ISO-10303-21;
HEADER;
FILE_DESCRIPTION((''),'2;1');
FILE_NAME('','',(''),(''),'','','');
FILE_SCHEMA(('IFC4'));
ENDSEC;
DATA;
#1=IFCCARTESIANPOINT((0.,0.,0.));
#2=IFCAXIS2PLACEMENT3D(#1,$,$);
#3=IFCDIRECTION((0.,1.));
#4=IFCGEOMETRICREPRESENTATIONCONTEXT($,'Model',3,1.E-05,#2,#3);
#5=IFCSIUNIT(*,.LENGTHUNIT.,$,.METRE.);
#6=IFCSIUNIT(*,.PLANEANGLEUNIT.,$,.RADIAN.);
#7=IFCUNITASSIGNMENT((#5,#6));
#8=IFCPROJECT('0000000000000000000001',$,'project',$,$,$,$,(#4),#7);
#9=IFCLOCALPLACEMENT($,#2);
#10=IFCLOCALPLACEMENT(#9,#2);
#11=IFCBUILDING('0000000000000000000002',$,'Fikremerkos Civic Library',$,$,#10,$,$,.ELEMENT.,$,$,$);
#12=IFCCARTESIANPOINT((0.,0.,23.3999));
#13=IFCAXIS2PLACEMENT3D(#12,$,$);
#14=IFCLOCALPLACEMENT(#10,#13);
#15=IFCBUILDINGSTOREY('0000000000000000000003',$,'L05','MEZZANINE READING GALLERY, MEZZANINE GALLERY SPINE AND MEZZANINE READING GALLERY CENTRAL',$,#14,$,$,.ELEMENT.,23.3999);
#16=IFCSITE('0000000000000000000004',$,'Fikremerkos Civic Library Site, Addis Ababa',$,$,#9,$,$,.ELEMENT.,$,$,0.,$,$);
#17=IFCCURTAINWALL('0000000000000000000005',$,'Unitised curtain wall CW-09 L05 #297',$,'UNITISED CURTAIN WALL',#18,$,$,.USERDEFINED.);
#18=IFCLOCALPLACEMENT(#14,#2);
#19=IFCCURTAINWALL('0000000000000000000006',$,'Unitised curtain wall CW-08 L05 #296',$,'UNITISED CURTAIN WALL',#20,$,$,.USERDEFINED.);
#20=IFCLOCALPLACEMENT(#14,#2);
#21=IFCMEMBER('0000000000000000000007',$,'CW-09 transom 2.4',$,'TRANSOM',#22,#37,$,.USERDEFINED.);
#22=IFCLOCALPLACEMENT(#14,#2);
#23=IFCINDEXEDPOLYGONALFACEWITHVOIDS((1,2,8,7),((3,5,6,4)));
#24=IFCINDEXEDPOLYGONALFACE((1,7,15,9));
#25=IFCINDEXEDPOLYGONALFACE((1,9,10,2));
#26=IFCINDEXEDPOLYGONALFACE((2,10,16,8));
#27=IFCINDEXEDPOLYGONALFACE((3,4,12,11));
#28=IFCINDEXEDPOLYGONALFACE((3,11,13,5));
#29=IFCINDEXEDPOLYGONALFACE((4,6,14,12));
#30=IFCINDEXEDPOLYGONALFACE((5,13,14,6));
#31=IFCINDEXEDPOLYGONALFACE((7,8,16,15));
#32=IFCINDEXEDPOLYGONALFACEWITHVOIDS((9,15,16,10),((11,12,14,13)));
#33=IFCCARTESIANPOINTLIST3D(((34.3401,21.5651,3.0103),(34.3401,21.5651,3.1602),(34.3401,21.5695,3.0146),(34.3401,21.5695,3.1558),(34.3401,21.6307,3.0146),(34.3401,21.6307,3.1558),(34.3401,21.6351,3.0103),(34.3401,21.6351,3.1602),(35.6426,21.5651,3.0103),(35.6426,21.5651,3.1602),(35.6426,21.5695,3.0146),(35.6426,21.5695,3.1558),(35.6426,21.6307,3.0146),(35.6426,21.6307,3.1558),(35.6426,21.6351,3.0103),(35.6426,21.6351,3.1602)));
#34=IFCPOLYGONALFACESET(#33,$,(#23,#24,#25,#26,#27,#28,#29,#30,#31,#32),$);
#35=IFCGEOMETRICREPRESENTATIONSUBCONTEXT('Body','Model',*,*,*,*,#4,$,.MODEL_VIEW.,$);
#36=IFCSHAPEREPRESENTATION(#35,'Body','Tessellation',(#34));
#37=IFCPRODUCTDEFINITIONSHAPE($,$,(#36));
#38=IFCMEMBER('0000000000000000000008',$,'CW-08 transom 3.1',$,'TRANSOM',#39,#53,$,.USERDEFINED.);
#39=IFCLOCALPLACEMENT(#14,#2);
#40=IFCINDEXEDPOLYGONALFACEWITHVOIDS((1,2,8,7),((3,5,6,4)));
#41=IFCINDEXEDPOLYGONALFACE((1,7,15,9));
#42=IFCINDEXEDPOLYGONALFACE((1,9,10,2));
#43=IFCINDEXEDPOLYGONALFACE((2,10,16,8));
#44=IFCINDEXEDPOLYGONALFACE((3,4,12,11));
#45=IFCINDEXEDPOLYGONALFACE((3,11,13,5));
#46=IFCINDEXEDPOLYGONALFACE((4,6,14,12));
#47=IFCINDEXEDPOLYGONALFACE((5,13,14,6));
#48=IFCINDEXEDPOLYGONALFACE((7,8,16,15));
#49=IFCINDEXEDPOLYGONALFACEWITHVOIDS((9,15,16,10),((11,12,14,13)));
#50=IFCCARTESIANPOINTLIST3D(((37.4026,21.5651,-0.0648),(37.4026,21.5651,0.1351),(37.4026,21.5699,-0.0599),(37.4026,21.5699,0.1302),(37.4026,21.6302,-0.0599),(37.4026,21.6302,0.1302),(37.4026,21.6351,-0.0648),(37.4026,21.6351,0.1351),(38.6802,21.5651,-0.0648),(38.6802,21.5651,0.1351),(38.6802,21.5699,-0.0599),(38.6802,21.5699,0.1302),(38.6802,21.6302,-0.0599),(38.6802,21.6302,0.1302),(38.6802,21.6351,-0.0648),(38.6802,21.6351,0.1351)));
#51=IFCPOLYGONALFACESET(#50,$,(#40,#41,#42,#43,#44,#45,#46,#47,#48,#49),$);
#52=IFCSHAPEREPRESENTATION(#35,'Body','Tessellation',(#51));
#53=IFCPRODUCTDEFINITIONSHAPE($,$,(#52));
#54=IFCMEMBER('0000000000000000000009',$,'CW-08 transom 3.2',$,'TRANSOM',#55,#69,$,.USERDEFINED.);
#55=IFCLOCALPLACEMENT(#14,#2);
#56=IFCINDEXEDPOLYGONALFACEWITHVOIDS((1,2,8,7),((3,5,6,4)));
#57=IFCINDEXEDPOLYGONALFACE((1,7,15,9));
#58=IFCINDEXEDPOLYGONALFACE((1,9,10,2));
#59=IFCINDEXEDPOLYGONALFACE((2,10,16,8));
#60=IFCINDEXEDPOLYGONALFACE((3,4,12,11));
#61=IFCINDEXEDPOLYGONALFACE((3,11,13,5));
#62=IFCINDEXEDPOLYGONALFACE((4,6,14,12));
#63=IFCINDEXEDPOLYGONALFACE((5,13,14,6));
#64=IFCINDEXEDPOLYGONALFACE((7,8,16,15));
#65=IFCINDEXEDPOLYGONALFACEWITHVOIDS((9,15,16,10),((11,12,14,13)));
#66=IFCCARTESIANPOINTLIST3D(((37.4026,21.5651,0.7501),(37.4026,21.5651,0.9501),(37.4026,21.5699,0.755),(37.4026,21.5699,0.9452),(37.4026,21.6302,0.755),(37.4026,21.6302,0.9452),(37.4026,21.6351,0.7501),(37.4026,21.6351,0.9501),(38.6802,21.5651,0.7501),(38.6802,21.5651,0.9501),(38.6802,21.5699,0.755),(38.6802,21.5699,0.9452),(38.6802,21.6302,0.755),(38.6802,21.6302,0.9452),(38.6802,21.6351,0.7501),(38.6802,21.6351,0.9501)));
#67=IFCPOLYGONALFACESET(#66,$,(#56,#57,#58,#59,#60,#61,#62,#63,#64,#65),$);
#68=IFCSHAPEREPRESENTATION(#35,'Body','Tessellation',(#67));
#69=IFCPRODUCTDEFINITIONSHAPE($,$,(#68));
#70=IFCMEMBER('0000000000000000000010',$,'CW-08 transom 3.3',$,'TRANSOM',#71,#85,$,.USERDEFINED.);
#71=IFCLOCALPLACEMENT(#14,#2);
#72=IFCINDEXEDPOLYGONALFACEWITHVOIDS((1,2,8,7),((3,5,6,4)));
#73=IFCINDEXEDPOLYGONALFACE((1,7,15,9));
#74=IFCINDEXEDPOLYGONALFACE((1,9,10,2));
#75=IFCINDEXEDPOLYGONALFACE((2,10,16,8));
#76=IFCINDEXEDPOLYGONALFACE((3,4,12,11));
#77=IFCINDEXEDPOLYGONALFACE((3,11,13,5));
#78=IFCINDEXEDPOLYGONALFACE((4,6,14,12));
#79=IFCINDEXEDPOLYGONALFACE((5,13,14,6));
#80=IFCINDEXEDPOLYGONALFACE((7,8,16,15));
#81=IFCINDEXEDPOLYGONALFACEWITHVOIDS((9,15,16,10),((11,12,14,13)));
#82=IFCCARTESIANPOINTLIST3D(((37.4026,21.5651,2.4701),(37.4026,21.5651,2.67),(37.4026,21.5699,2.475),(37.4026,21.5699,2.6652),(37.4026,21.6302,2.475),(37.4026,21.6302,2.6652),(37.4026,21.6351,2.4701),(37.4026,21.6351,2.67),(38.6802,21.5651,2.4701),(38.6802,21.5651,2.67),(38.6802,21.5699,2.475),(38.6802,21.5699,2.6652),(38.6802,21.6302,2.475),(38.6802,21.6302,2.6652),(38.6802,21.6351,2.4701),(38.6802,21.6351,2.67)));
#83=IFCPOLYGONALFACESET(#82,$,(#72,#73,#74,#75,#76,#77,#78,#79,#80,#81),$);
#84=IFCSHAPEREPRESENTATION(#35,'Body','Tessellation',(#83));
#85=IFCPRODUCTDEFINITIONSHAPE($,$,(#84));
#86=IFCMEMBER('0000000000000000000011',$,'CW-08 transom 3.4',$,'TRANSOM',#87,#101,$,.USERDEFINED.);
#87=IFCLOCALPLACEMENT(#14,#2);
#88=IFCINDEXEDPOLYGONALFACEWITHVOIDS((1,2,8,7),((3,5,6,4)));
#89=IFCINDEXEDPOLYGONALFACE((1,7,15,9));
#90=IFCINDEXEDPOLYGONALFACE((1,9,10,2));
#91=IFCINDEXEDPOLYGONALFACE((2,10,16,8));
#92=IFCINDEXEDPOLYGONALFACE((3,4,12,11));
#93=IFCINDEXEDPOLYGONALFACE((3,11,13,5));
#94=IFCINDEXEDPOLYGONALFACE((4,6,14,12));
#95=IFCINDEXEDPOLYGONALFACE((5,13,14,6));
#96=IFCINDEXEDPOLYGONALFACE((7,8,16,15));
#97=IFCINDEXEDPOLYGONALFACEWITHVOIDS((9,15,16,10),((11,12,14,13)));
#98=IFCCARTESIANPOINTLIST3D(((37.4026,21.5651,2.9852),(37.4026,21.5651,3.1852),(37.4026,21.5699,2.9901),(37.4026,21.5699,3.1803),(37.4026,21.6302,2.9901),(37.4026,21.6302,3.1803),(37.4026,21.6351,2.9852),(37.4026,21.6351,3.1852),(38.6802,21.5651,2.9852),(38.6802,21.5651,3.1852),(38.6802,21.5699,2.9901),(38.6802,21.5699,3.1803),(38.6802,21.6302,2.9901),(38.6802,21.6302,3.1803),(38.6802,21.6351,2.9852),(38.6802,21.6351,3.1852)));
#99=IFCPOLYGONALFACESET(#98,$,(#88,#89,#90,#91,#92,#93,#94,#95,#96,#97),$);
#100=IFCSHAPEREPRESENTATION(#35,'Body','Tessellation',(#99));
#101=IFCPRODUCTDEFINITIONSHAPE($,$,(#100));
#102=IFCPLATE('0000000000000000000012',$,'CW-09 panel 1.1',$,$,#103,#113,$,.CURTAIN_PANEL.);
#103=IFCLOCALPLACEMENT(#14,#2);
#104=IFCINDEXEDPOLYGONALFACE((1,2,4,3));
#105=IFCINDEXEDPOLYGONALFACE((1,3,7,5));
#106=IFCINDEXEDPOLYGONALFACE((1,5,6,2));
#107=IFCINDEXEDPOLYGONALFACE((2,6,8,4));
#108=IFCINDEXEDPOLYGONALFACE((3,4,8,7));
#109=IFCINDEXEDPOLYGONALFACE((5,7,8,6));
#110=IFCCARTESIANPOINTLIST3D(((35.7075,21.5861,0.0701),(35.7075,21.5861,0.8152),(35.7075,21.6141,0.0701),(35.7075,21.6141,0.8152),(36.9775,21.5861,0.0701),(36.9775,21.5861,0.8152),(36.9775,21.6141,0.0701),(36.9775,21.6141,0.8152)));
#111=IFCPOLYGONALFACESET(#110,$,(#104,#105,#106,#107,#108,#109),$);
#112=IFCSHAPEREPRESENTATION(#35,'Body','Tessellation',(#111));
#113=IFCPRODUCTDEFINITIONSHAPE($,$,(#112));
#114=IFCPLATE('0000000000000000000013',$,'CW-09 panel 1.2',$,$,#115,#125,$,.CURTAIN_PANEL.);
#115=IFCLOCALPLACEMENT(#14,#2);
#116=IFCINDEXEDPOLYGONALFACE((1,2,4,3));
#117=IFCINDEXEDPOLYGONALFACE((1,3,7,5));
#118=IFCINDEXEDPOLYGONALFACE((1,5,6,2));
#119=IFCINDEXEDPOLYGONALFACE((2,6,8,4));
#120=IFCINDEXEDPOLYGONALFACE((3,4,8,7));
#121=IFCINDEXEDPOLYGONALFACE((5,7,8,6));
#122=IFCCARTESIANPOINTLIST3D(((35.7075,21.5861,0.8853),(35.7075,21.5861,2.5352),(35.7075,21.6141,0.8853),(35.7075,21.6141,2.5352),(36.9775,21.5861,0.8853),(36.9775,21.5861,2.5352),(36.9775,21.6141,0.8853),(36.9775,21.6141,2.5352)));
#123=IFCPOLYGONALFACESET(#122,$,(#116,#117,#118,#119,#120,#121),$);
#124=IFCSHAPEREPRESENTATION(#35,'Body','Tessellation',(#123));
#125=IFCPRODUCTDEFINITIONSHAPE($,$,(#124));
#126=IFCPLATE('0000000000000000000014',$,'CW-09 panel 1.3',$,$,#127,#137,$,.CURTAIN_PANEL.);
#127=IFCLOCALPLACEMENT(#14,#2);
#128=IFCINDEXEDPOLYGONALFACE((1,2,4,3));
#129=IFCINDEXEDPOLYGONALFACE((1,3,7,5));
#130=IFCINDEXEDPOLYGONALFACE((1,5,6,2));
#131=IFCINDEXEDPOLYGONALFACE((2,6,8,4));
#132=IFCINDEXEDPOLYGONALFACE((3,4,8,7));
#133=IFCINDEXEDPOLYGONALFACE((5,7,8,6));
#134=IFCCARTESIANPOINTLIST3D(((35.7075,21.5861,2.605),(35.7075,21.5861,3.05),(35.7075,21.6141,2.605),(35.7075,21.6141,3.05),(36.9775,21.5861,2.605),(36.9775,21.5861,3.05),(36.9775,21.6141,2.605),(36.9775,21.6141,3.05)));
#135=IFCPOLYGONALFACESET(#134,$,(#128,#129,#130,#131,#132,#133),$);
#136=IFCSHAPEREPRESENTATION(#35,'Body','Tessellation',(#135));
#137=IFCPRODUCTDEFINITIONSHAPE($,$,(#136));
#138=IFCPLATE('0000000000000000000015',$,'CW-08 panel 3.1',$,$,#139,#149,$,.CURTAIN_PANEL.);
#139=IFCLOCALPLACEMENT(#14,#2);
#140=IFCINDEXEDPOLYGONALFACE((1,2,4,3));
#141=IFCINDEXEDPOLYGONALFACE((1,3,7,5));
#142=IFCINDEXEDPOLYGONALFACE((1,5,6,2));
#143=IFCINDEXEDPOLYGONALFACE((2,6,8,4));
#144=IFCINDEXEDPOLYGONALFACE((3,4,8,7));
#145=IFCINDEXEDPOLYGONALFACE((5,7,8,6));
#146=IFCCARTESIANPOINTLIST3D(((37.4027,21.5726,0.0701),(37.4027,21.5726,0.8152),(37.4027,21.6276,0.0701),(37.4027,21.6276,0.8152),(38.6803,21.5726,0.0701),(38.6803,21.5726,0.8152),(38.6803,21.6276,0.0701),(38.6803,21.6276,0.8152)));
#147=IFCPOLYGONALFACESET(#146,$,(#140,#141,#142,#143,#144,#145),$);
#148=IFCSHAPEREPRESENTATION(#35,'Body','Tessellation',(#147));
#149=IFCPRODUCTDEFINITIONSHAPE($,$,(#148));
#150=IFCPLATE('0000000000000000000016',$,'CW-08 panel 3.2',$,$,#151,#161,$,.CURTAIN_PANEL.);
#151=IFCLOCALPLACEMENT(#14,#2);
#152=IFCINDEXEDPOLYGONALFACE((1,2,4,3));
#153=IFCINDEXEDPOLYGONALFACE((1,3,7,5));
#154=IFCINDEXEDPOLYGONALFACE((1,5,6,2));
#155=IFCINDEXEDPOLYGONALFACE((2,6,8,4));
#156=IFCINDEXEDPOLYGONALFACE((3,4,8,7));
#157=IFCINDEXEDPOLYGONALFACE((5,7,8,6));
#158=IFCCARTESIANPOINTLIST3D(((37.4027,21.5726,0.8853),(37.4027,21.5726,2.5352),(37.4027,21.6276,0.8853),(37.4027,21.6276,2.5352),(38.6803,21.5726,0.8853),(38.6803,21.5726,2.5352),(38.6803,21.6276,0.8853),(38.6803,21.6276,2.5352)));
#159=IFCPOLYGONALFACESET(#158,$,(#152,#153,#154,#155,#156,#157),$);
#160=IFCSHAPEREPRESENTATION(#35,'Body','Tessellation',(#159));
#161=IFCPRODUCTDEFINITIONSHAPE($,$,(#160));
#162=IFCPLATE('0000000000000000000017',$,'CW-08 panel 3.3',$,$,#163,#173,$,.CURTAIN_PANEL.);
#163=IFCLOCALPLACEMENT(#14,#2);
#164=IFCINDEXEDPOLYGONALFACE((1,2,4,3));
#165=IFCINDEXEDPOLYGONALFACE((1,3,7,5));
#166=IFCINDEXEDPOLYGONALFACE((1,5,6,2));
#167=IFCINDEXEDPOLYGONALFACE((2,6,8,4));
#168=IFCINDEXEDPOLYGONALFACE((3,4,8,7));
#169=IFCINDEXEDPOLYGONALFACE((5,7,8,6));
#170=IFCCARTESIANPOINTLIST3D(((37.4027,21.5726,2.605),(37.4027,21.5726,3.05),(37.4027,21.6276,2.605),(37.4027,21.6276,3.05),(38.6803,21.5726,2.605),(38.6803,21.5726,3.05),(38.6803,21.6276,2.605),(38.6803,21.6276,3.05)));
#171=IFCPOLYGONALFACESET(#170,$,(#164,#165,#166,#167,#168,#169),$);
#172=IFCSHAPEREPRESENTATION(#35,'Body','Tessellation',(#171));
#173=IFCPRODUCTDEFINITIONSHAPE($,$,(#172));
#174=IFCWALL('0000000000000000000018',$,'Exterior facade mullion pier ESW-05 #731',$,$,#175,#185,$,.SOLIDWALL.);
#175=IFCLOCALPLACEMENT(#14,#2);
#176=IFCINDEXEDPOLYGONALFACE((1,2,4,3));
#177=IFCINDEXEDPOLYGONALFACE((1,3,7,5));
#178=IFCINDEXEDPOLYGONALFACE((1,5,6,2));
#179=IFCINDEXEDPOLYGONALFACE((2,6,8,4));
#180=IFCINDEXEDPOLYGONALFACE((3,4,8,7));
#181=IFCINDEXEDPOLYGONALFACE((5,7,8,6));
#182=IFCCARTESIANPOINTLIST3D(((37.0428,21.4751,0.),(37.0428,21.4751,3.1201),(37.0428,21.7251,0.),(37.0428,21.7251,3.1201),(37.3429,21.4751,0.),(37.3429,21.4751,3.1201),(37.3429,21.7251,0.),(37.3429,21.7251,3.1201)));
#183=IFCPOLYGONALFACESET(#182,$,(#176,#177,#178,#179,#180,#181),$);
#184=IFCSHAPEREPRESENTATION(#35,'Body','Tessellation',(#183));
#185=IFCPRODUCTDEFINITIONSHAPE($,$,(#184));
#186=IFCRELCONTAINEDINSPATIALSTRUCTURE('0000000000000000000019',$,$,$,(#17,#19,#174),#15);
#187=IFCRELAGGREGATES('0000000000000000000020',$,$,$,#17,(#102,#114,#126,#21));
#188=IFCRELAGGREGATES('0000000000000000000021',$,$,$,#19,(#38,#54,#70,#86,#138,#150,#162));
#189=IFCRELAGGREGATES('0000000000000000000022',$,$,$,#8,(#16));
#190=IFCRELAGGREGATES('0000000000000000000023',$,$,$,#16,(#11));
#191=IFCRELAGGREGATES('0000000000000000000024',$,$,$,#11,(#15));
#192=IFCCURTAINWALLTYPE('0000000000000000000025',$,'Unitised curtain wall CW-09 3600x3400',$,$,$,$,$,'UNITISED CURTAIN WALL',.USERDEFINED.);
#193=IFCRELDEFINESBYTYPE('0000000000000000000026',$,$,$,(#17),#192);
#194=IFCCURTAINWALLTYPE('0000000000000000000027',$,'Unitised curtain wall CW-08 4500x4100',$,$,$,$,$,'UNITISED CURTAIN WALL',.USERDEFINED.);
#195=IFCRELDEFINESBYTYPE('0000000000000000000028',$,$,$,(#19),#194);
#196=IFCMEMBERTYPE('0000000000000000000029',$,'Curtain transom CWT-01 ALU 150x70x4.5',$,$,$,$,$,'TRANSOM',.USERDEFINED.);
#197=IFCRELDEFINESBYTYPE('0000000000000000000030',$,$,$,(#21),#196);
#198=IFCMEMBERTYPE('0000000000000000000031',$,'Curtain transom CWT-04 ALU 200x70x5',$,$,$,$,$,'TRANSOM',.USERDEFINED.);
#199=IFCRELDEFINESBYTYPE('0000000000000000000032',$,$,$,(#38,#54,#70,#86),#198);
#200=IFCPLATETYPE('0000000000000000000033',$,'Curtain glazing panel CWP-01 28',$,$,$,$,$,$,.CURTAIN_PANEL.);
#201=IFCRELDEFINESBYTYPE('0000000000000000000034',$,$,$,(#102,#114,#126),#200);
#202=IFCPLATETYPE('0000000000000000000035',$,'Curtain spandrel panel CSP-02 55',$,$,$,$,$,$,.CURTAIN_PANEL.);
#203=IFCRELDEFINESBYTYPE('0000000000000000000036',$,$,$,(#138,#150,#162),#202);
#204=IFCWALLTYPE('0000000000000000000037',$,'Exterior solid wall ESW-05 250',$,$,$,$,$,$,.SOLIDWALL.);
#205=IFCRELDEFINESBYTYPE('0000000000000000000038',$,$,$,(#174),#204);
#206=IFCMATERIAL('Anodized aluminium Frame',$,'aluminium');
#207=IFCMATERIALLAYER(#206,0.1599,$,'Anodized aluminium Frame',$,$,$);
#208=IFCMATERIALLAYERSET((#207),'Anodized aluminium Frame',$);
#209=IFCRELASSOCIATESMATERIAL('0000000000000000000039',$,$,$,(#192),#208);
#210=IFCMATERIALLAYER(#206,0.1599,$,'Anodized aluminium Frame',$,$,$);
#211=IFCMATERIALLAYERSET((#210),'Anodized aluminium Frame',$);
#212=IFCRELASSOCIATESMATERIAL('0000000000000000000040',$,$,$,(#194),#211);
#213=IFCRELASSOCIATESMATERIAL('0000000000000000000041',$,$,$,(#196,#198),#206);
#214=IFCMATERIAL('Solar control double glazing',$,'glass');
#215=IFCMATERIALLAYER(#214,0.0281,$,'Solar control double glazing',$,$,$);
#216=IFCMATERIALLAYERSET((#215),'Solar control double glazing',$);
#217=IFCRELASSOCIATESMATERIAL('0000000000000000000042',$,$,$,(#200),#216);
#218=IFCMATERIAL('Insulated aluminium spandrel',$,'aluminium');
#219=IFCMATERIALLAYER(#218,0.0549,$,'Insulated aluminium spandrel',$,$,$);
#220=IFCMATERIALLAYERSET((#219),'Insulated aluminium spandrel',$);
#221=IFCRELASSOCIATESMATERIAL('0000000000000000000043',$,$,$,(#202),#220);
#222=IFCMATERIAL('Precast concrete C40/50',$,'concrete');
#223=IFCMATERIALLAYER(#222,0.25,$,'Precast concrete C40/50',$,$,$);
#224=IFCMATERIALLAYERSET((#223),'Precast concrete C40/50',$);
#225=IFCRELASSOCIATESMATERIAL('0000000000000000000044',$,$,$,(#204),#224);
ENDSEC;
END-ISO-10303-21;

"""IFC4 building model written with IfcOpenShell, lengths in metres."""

from ifc_helpers import new_model, si_unit, direction, frame, frame_2d, origin, origin_2d, place, context, subcontext, project, spatial, rectangle, hollow_rectangle, extrude, material, layer, layer_set, material_profile, profile_set, type_object, element, aggregate, save


model = new_model("IFC4")

# Units and contexts
model_context = context("Model", 3, precision=1e-05, world=origin(), true_north=direction((0.0, 1.0)))
body_context = subcontext(model_context, "Body", "Model", "MODEL_VIEW")
ifc_project = project(units=[si_unit("LENGTHUNIT", "METRE"), si_unit("PLANEANGLEUNIT", "RADIAN")], contexts=[model_context])

# Site, building, storey
site_placement = place(None, origin())
site = spatial("IfcSite", under=ifc_project, at=site_placement, Name="Fikremerkos Civic Library Site, Addis Ababa", CompositionType="ELEMENT", RefElevation=0.0)
building_placement = place(site_placement, origin())
building = spatial("IfcBuilding", under=site, at=building_placement, Name="Fikremerkos Civic Library", CompositionType="ELEMENT")
storey_placement = place(building_placement, frame((0.0, 0.0, 23.3999)))
storey = spatial("IfcBuildingStorey", under=building, at=storey_placement, Name="L05", Description="MEZZANINE READING GALLERY, MEZZANINE GALLERY SPINE AND MEZZANINE READING GALLERY CENTRAL", CompositionType="ELEMENT", Elevation=23.3999)

# Curtain walls
ifc_material_1 = material(Name="Anodized aluminium Frame", Category="aluminium")
ifc_layer_1 = layer(ifc_material_1, 0.1599, Name="Anodized aluminium Frame")
ifc_layer_set_1 = layer_set([ifc_layer_1], Name="Anodized aluminium Frame")
curtain_wall_type_1 = type_object("IfcCurtainWallType", Name="Unitised curtain wall CW-09 3600x3400", ElementType="UNITISED CURTAIN WALL", PredefinedType="USERDEFINED", material=ifc_layer_set_1)
curtain_wall_1_placement = place(storey_placement, origin())
curtain_wall_1 = element("IfcCurtainWall", 1, at=curtain_wall_1_placement, inside=storey, type_object=curtain_wall_type_1, Name="Unitised curtain wall CW-09 L05 #297", ObjectType="UNITISED CURTAIN WALL", PredefinedType="USERDEFINED")
ifc_layer_2 = layer(ifc_material_1, 0.1599, Name="Anodized aluminium Frame")
ifc_layer_set_2 = layer_set([ifc_layer_2], Name="Anodized aluminium Frame")
curtain_wall_type_2 = type_object("IfcCurtainWallType", Name="Unitised curtain wall CW-08 4500x4100", ElementType="UNITISED CURTAIN WALL", PredefinedType="USERDEFINED", material=ifc_layer_set_2)
curtain_wall_2_placement = place(storey_placement, origin())
curtain_wall_2 = element("IfcCurtainWall", 2, at=curtain_wall_2_placement, inside=storey, type_object=curtain_wall_type_2, Name="Unitised curtain wall CW-08 L05 #296", ObjectType="UNITISED CURTAIN WALL", PredefinedType="USERDEFINED")

# Members
ifc_material_profile_1 = material_profile(ifc_material_1, hollow_rectangle(XDim=0.0701, YDim=0.1499, WallThickness=0.0044, at=origin_2d()), Name="ALU 150x70x4.5")
ifc_profile_set_1 = profile_set([ifc_material_profile_1], Name="Anodized aluminium Frame")
member_type_1 = type_object("IfcMemberType", Name="Curtain transom CWT-01 ALU 150x70x4.5", ElementType="TRANSOM", PredefinedType="USERDEFINED", material=ifc_profile_set_1)
member_1_placement = place(storey_placement, frame((35.6426, 21.6001, 3.0852), z_axis=(-1.0, 0.0, 0.0), x_axis=(0.0, -1.0, 0.0)))
member_1 = element("IfcMember", 3, at=member_1_placement, type_object=member_type_1, Name="CW-09 transom 2.4", ObjectType="TRANSOM", PredefinedType="USERDEFINED", context=body_context, shape_type="SweptSolid", body=[
    extrude(hollow_rectangle(XDim=0.0701, YDim=0.1499, WallThickness=0.0044, at=origin_2d()), origin(), (0.0, 0.0, 1.0), 1.3025),
])
ifc_material_profile_2 = material_profile(ifc_material_1, hollow_rectangle(XDim=0.0701, YDim=0.2, WallThickness=0.0049, at=origin_2d()), Name="ALU 200x70x5")
ifc_profile_set_2 = profile_set([ifc_material_profile_2], Name="Anodized aluminium Frame")
member_type_2 = type_object("IfcMemberType", Name="Curtain transom CWT-04 ALU 200x70x5", ElementType="TRANSOM", PredefinedType="USERDEFINED", material=ifc_profile_set_2)
member_2_placement = place(storey_placement, frame((38.6802, 21.6001, 0.0352), z_axis=(-1.0, 0.0, 0.0), x_axis=(0.0, -1.0, 0.0)))
member_2 = element("IfcMember", 4, at=member_2_placement, type_object=member_type_2, Name="CW-08 transom 3.1", ObjectType="TRANSOM", PredefinedType="USERDEFINED", context=body_context, shape_type="SweptSolid", body=[
    extrude(hollow_rectangle(XDim=0.0701, YDim=0.2, WallThickness=0.0049, at=origin_2d()), origin(), (0.0, 0.0, 1.0), 1.2776),
])
member_3_placement = place(storey_placement, frame((38.6802, 21.6001, 0.8501), z_axis=(-1.0, 0.0, 0.0), x_axis=(0.0, -1.0, 0.0)))
member_3 = element("IfcMember", 5, at=member_3_placement, type_object=member_type_2, Name="CW-08 transom 3.2", ObjectType="TRANSOM", PredefinedType="USERDEFINED", context=body_context, shape_type="SweptSolid", body=[
    extrude(hollow_rectangle(XDim=0.0701, YDim=0.2, WallThickness=0.0049, at=origin_2d()), origin(), (0.0, 0.0, 1.0), 1.2776),
])
member_4_placement = place(storey_placement, frame((38.6802, 21.6001, 2.5701), z_axis=(-1.0, 0.0, 0.0), x_axis=(0.0, -1.0, 0.0)))
member_4 = element("IfcMember", 6, at=member_4_placement, type_object=member_type_2, Name="CW-08 transom 3.3", ObjectType="TRANSOM", PredefinedType="USERDEFINED", context=body_context, shape_type="SweptSolid", body=[
    extrude(hollow_rectangle(XDim=0.0701, YDim=0.2, WallThickness=0.0049, at=origin_2d()), origin(), (0.0, 0.0, 1.0), 1.2776),
])
member_5_placement = place(storey_placement, frame((38.6802, 21.6001, 3.0852), z_axis=(-1.0, 0.0, 0.0), x_axis=(0.0, -1.0, 0.0)))
member_5 = element("IfcMember", 7, at=member_5_placement, type_object=member_type_2, Name="CW-08 transom 3.4", ObjectType="TRANSOM", PredefinedType="USERDEFINED", context=body_context, shape_type="SweptSolid", body=[
    extrude(hollow_rectangle(XDim=0.0701, YDim=0.2, WallThickness=0.0049, at=origin_2d()), origin(), (0.0, 0.0, 1.0), 1.2776),
])

# Plates
ifc_material_2 = material(Name="Solar control double glazing", Category="glass")
ifc_layer_3 = layer(ifc_material_2, 0.0281, Name="Solar control double glazing")
ifc_layer_set_3 = layer_set([ifc_layer_3], Name="Solar control double glazing")
plate_type_1 = type_object("IfcPlateType", Name="Curtain glazing panel CWP-01 28", PredefinedType="CURTAIN_PANEL", material=ifc_layer_set_3)
plate_1_placement = place(storey_placement, frame((36.3425, 21.6001, 0.0701), z_axis=(0.0, 0.0, 1.0), x_axis=(-1.0, 0.0, 0.0)))
plate_1 = element("IfcPlate", 8, at=plate_1_placement, type_object=plate_type_1, Name="CW-09 panel 1.1", PredefinedType="CURTAIN_PANEL", context=body_context, shape_type="SweptSolid", body=[
    extrude(rectangle(XDim=1.27, YDim=0.0281, at=origin_2d()), origin(), (0.0, 0.0, 1.0), 0.7451),
])
plate_2_placement = place(storey_placement, frame((36.3425, 21.6001, 0.8853), z_axis=(0.0, 0.0, 1.0), x_axis=(-1.0, 0.0, 0.0)))
plate_2 = element("IfcPlate", 9, at=plate_2_placement, type_object=plate_type_1, Name="CW-09 panel 1.2", PredefinedType="CURTAIN_PANEL", context=body_context, shape_type="SweptSolid", body=[
    extrude(rectangle(XDim=1.27, YDim=0.0281, at=origin_2d()), origin(), (0.0, 0.0, 1.0), 1.6499),
])
plate_3_placement = place(storey_placement, frame((36.3425, 21.6001, 2.605), z_axis=(0.0, 0.0, 1.0), x_axis=(-1.0, 0.0, 0.0)))
plate_3 = element("IfcPlate", 10, at=plate_3_placement, type_object=plate_type_1, Name="CW-09 panel 1.3", PredefinedType="CURTAIN_PANEL", context=body_context, shape_type="SweptSolid", body=[
    extrude(rectangle(XDim=1.27, YDim=0.0281, at=origin_2d()), origin(), (0.0, 0.0, 1.0), 0.4451),
])
aggregate(curtain_wall_1, [plate_1, plate_2, plate_3, member_1])
ifc_material_3 = material(Name="Insulated aluminium spandrel", Category="aluminium")
ifc_layer_4 = layer(ifc_material_3, 0.0549, Name="Insulated aluminium spandrel")
ifc_layer_set_4 = layer_set([ifc_layer_4], Name="Insulated aluminium spandrel")
plate_type_2 = type_object("IfcPlateType", Name="Curtain spandrel panel CSP-02 55", PredefinedType="CURTAIN_PANEL", material=ifc_layer_set_4)
plate_4_placement = place(storey_placement, frame((38.0415, 21.6001, 0.0701), z_axis=(0.0, 0.0, 1.0), x_axis=(-1.0, 0.0, 0.0)))
plate_4 = element("IfcPlate", 11, at=plate_4_placement, type_object=plate_type_2, Name="CW-08 panel 3.1", PredefinedType="CURTAIN_PANEL", context=body_context, shape_type="SweptSolid", body=[
    extrude(rectangle(XDim=1.2776, YDim=0.0549, at=origin_2d()), origin(), (0.0, 0.0, 1.0), 0.7451),
])
plate_5_placement = place(storey_placement, frame((38.0415, 21.6001, 0.8853), z_axis=(0.0, 0.0, 1.0), x_axis=(-1.0, 0.0, 0.0)))
plate_5 = element("IfcPlate", 12, at=plate_5_placement, type_object=plate_type_2, Name="CW-08 panel 3.2", PredefinedType="CURTAIN_PANEL", context=body_context, shape_type="SweptSolid", body=[
    extrude(rectangle(XDim=1.2776, YDim=0.0549, at=origin_2d()), origin(), (0.0, 0.0, 1.0), 1.6499),
])
plate_6_placement = place(storey_placement, frame((38.0415, 21.6001, 2.605), z_axis=(0.0, 0.0, 1.0), x_axis=(-1.0, 0.0, 0.0)))
plate_6 = element("IfcPlate", 13, at=plate_6_placement, type_object=plate_type_2, Name="CW-08 panel 3.3", PredefinedType="CURTAIN_PANEL", context=body_context, shape_type="SweptSolid", body=[
    extrude(rectangle(XDim=1.2776, YDim=0.0549, at=origin_2d()), origin(), (0.0, 0.0, 1.0), 0.4451),
])
aggregate(curtain_wall_2, [member_2, member_3, member_4, member_5, plate_4, plate_5, plate_6])

# Wall
ifc_material_4 = material(Name="Precast concrete C40/50", Category="concrete")
ifc_layer_5 = layer(ifc_material_4, 0.25, Name="Precast concrete C40/50")
ifc_layer_set_5 = layer_set([ifc_layer_5], Name="Precast concrete C40/50")
wall_type = type_object("IfcWallType", Name="Exterior solid wall ESW-05 250", PredefinedType="SOLIDWALL", material=ifc_layer_set_5)
wall_placement = place(storey_placement, frame((37.3428, 21.6001, 0.0), z_axis=(0.0, 0.0, 1.0), x_axis=(-1.0, 0.0, 0.0)))
element("IfcWall", 14, at=wall_placement, inside=storey, type_object=wall_type, Name="Exterior facade mullion pier ESW-05 #731", PredefinedType="SOLIDWALL", context=body_context, shape_type="SweptSolid", body=[
    extrude(rectangle(XDim=0.3, YDim=0.25, at=frame_2d((0.1499, 0.0))), origin(), (0.0, 0.0, 1.0), 3.1201),
])

save(model, "model.ifc")
